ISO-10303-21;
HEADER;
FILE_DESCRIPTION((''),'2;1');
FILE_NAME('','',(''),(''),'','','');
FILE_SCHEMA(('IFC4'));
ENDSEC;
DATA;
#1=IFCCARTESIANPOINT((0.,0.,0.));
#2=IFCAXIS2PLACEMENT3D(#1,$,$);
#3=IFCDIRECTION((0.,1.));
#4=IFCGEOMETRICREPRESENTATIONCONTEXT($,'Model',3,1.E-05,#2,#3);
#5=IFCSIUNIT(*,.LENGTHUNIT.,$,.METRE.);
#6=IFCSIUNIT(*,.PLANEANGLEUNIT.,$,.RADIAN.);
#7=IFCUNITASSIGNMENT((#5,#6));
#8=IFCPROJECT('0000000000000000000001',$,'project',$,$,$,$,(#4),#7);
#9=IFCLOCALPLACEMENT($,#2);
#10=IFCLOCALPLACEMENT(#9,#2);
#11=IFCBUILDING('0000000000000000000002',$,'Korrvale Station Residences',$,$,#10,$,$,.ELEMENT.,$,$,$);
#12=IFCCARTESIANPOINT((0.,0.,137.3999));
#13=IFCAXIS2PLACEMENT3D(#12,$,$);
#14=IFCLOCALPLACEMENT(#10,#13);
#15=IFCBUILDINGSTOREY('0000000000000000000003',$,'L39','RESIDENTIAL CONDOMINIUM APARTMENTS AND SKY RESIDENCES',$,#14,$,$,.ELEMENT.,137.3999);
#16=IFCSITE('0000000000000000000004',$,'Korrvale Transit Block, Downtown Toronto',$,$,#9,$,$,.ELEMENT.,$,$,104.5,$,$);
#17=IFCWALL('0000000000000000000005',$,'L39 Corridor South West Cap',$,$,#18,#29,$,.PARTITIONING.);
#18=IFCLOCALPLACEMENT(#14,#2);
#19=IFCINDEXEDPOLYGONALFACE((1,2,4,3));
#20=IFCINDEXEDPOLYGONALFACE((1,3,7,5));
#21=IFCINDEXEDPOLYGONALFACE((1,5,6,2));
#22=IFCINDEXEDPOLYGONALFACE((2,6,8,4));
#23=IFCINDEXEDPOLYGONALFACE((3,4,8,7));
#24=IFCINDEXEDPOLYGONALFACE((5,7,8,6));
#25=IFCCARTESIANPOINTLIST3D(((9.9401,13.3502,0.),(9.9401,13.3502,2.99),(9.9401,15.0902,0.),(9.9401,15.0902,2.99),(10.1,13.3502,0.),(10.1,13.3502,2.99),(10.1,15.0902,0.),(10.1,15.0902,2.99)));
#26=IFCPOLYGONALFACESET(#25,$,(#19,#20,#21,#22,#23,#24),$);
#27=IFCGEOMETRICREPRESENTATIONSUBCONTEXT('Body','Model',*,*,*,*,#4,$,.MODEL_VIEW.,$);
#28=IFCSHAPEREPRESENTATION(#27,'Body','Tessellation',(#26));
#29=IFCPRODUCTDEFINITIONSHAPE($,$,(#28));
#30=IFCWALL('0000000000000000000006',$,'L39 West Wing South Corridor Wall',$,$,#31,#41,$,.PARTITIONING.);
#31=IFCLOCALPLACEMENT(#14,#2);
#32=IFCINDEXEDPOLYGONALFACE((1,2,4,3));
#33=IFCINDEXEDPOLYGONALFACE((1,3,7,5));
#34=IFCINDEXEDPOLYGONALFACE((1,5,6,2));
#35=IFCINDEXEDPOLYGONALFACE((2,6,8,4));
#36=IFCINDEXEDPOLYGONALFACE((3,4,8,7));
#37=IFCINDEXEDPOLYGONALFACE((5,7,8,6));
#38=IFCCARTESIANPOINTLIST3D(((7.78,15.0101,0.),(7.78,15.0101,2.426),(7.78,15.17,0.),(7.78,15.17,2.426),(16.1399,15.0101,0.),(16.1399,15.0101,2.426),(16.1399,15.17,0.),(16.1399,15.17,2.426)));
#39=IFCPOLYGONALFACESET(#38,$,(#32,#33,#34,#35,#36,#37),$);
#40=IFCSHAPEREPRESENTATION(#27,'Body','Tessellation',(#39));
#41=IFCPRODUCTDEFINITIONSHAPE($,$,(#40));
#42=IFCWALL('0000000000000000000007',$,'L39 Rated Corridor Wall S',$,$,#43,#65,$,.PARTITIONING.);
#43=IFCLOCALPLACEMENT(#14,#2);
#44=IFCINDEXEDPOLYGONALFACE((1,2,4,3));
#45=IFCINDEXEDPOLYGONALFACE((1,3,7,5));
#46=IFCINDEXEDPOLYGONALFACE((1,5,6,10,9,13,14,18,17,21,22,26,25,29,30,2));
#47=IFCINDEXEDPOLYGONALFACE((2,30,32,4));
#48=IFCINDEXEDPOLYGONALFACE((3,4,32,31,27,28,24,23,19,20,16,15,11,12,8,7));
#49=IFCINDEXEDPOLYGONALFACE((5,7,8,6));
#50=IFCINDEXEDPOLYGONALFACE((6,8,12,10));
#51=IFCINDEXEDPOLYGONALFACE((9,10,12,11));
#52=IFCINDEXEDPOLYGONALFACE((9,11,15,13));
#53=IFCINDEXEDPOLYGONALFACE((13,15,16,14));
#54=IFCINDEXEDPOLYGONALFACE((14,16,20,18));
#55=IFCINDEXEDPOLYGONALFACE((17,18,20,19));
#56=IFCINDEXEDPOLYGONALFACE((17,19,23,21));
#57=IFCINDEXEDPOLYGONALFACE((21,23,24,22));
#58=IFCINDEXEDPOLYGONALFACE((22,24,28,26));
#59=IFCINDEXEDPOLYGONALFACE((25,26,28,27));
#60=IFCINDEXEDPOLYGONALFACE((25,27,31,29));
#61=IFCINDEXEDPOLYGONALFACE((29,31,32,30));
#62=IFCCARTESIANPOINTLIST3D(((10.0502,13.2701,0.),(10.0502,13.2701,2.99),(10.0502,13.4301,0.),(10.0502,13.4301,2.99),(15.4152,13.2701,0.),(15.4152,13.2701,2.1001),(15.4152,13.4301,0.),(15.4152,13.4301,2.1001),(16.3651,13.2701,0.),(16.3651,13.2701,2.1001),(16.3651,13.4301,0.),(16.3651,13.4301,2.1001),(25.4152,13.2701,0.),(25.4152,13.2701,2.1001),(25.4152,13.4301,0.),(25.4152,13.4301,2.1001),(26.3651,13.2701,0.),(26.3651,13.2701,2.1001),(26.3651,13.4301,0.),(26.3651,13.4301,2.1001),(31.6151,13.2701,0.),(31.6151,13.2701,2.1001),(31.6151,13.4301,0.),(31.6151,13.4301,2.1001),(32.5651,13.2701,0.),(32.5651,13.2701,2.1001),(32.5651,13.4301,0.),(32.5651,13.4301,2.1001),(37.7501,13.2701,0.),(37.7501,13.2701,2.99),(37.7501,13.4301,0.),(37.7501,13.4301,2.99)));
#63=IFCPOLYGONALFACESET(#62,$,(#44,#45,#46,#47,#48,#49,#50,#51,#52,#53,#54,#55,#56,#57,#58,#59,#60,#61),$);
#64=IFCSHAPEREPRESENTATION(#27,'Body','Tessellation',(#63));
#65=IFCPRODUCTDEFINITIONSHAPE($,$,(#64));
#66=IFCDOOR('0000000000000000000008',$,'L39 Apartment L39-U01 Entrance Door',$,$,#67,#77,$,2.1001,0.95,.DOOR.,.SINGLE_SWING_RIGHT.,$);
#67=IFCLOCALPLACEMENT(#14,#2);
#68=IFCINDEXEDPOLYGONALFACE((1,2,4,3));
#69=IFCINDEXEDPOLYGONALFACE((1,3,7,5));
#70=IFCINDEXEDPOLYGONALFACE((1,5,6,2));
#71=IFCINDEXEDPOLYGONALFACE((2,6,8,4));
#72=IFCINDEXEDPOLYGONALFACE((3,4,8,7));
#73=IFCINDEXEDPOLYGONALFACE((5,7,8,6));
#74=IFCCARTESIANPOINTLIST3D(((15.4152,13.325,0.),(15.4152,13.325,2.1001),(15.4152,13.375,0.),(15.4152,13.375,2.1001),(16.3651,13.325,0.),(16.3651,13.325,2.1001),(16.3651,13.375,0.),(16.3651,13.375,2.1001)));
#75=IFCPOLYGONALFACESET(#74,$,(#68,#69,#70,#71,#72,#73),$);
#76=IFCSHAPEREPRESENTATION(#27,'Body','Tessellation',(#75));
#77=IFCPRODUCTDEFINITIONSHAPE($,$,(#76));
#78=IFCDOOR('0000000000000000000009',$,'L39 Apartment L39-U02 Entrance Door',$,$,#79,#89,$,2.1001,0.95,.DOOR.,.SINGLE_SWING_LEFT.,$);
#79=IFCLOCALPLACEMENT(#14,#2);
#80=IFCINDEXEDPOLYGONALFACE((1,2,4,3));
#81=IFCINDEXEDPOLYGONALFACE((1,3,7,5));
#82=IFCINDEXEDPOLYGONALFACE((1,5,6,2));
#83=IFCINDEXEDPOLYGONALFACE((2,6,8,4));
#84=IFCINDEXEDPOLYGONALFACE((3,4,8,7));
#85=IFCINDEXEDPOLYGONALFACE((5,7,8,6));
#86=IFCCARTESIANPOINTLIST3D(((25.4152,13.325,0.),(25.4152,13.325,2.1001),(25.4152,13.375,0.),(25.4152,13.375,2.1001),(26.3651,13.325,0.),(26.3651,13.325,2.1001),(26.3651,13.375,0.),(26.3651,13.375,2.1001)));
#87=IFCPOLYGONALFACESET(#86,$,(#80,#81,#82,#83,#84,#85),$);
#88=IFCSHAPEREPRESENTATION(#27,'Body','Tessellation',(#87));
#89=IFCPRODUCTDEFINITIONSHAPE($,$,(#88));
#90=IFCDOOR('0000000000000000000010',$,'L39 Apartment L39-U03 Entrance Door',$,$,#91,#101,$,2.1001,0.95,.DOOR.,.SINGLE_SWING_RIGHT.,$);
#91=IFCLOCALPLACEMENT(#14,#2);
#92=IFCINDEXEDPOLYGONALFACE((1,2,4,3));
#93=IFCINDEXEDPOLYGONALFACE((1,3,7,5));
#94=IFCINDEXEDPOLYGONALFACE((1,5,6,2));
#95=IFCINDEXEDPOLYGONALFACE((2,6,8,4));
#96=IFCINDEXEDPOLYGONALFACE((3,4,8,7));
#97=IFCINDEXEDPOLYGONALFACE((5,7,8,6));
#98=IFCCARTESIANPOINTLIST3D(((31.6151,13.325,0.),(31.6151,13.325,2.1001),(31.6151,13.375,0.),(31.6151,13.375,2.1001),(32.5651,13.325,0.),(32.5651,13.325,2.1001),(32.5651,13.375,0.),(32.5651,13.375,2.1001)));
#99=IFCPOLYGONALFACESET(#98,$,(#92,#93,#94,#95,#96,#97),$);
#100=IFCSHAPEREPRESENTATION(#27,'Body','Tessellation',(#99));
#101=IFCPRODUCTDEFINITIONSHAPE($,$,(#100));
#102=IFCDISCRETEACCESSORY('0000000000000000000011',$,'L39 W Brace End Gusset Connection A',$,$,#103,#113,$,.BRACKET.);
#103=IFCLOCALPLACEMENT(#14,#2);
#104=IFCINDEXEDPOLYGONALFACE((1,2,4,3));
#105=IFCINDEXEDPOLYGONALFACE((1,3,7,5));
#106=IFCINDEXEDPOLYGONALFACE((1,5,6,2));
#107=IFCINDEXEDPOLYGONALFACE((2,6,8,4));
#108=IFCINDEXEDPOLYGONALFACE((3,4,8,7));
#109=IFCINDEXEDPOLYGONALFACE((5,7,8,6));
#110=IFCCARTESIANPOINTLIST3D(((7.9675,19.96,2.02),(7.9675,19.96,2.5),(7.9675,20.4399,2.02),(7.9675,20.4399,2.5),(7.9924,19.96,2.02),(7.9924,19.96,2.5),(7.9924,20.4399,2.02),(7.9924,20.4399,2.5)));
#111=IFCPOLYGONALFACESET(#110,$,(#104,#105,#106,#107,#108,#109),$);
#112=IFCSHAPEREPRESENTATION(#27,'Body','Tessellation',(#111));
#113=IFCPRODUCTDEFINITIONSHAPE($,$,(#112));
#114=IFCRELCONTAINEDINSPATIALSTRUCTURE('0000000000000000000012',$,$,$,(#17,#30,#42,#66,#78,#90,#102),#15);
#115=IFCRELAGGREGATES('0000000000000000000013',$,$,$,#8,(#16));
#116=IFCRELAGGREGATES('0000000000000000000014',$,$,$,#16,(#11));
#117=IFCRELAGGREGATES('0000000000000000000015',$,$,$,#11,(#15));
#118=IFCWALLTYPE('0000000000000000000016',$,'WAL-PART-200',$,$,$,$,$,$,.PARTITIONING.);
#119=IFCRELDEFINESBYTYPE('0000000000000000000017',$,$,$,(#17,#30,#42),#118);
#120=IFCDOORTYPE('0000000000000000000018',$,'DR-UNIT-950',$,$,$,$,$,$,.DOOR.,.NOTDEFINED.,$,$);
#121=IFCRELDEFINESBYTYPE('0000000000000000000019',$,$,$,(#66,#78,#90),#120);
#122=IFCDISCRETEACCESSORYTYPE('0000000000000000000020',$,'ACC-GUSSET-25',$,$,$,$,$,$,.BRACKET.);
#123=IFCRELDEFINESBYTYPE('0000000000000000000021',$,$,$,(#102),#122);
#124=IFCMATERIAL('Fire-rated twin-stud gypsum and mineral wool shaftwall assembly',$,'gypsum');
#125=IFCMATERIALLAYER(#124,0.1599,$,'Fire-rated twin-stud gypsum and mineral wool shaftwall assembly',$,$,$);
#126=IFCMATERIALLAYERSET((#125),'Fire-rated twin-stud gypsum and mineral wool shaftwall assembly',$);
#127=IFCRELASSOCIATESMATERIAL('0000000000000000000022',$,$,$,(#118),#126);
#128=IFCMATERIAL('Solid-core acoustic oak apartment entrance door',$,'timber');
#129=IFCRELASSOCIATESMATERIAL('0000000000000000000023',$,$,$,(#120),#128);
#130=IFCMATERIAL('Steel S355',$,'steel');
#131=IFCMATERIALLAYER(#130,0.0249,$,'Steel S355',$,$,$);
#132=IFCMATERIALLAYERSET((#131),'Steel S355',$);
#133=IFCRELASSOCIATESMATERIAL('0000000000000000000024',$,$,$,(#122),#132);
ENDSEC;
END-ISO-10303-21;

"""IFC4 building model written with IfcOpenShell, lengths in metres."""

from ifc_helpers import new_model, si_unit, direction, frame, frame_2d, origin, origin_2d, place, context, subcontext, project, spatial, rectangle, extrude, material, layer, layer_set, type_object, element, fill, save


model = new_model("IFC4")

# Units and contexts
model_context = context("Model", 3, precision=1e-05, world=origin(), true_north=direction((0.0, 1.0)))
body_context = subcontext(model_context, "Body", "Model", "MODEL_VIEW")
ifc_project = project(units=[si_unit("LENGTHUNIT", "METRE"), si_unit("PLANEANGLEUNIT", "RADIAN")], contexts=[model_context])

# Site, building, storey
site_placement = place(None, origin())
site = spatial("IfcSite", under=ifc_project, at=site_placement, Name="Korrvale Transit Block, Downtown Toronto", CompositionType="ELEMENT", RefElevation=104.5)
building_placement = place(site_placement, origin())
building = spatial("IfcBuilding", under=site, at=building_placement, Name="Korrvale Station Residences", CompositionType="ELEMENT")
storey_placement = place(building_placement, frame((0.0, 0.0, 137.3999)))
storey = spatial("IfcBuildingStorey", under=building, at=storey_placement, Name="L39", Description="RESIDENTIAL CONDOMINIUM APARTMENTS AND SKY RESIDENCES", CompositionType="ELEMENT", Elevation=137.3999)

# Shared definitions
ifc_material_1 = material(Name="Steel S355", Category="steel")

# Walls
ifc_material_2 = material(Name="Fire-rated twin-stud gypsum and mineral wool shaftwall assembly", Category="gypsum")
ifc_layer_1 = layer(ifc_material_2, 0.1599, Name="Fire-rated twin-stud gypsum and mineral wool shaftwall assembly")
ifc_layer_set_1 = layer_set([ifc_layer_1], Name="Fire-rated twin-stud gypsum and mineral wool shaftwall assembly")
wall_type_1 = type_object("IfcWallType", Name="WAL-PART-200", PredefinedType="PARTITIONING", material=ifc_layer_set_1)
wall_1_placement = place(storey_placement, frame((10.02, 13.3501, 0.0), z_axis=(0.0, 0.0, 1.0), x_axis=(0.0, 1.0, 0.0)))
element("IfcWall", 1, at=wall_1_placement, inside=storey, type_object=wall_type_1, Name="L39 Corridor South West Cap", PredefinedType="PARTITIONING", context=body_context, shape_type="SweptSolid", body=[
    extrude(rectangle(XDim=1.74, YDim=0.1599, at=frame_2d((0.8701, 0.0))), origin(), (0.0, 0.0, 1.0), 2.99),
])
wall_2_placement = place(storey_placement, frame((7.78, 15.0901, 0.0), z_axis=(0.0, 0.0, 1.0), x_axis=(1.0, 0.0, 0.0)))
element("IfcWall", 2, at=wall_2_placement, inside=storey, type_object=wall_type_1, Name="L39 West Wing South Corridor Wall", PredefinedType="PARTITIONING", context=body_context, shape_type="SweptSolid", body=[
    extrude(rectangle(XDim=8.3599, YDim=0.1599, at=frame_2d((4.1799, 0.0))), origin(), (0.0, 0.0, 1.0), 2.426),
])

# Wall, openings, doors
wall_3_placement = place(storey_placement, frame((10.05, 13.3501, 0.0), z_axis=(0.0, 0.0, 1.0), x_axis=(1.0, 0.0, 0.0)))
wall_3 = element("IfcWall", 3, at=wall_3_placement, inside=storey, type_object=wall_type_1, Name="L39 Rated Corridor Wall S", PredefinedType="PARTITIONING", context=body_context, shape_type="SweptSolid", body=[
    extrude(rectangle(XDim=27.7, YDim=0.1599, at=frame_2d((13.8501, 0.0))), origin(), (0.0, 0.0, 1.0), 2.99),
])
opening_1_placement = place(wall_3_placement, frame((5.365, 0.0, 0.0)))
opening_1 = element("IfcOpeningElement", 4, at=opening_1_placement, cuts=wall_3, PredefinedType="OPENING", context=body_context, shape_type="SweptSolid", body=[
    extrude(rectangle(XDim=0.95, YDim=2.1001, at=frame_2d((0.4751, 1.05))), frame((0.0, 0.0898, 0.0), z_axis=(0.0, -1.0, 0.0), x_axis=(1.0, 0.0, 0.0)), (0.0, 0.0, 1.0), 0.1799),
])
opening_2_placement = place(wall_3_placement, frame((15.365, 0.0, 0.0)))
opening_2 = element("IfcOpeningElement", 5, at=opening_2_placement, cuts=wall_3, PredefinedType="OPENING", context=body_context, shape_type="SweptSolid", body=[
    extrude(rectangle(XDim=0.95, YDim=2.1001, at=frame_2d((0.4751, 1.05))), frame((0.0, 0.0898, 0.0), z_axis=(0.0, -1.0, 0.0), x_axis=(1.0, 0.0, 0.0)), (0.0, 0.0, 1.0), 0.1799),
])
opening_3_placement = place(wall_3_placement, frame((21.5649, 0.0, 0.0)))
opening_3 = element("IfcOpeningElement", 6, at=opening_3_placement, cuts=wall_3, PredefinedType="OPENING", context=body_context, shape_type="SweptSolid", body=[
    extrude(rectangle(XDim=0.95, YDim=2.1001, at=frame_2d((0.4751, 1.05))), frame((0.0, 0.0898, 0.0), z_axis=(0.0, -1.0, 0.0), x_axis=(1.0, 0.0, 0.0)), (0.0, 0.0, 1.0), 0.1799),
])
ifc_material_3 = material(Name="Solid-core acoustic oak apartment entrance door", Category="timber")
door_type_1 = type_object("IfcDoorType", Name="DR-UNIT-950", OperationType="NOTDEFINED", PredefinedType="DOOR", material=ifc_material_3)
door_1_placement = place(opening_1_placement, origin())
door_1 = element("IfcDoor", 7, at=door_1_placement, inside=storey, type_object=door_type_1, Name="L39 Apartment L39-U01 Entrance Door", OperationType="SINGLE_SWING_RIGHT", OverallHeight=2.1001, OverallWidth=0.95, PredefinedType="DOOR", context=body_context, shape_type="SweptSolid", body=[
    extrude(rectangle(XDim=0.95, YDim=2.1001, at=frame_2d((0.4751, 1.05))), frame((0.0, 0.0249, 0.0), z_axis=(0.0, -1.0, 0.0), x_axis=(1.0, 0.0, 0.0)), (0.0, 0.0, 1.0), 0.05),
])
fill(opening_1, door_1)
door_2_placement = place(opening_2_placement, origin())
door_2 = element("IfcDoor", 8, at=door_2_placement, inside=storey, type_object=door_type_1, Name="L39 Apartment L39-U02 Entrance Door", OperationType="SINGLE_SWING_LEFT", OverallHeight=2.1001, OverallWidth=0.95, PredefinedType="DOOR", context=body_context, shape_type="SweptSolid", body=[
    extrude(rectangle(XDim=0.95, YDim=2.1001, at=frame_2d((0.4751, 1.05))), frame((0.0, 0.0249, 0.0), z_axis=(0.0, -1.0, 0.0), x_axis=(1.0, 0.0, 0.0)), (0.0, 0.0, 1.0), 0.05),
])
fill(opening_2, door_2)
door_3_placement = place(opening_3_placement, origin())
door_3 = element("IfcDoor", 9, at=door_3_placement, inside=storey, type_object=door_type_1, Name="L39 Apartment L39-U03 Entrance Door", OperationType="SINGLE_SWING_RIGHT", OverallHeight=2.1001, OverallWidth=0.95, PredefinedType="DOOR", context=body_context, shape_type="SweptSolid", body=[
    extrude(rectangle(XDim=0.95, YDim=2.1001, at=frame_2d((0.4751, 1.05))), frame((0.0, 0.0249, 0.0), z_axis=(0.0, -1.0, 0.0), x_axis=(1.0, 0.0, 0.0)), (0.0, 0.0, 1.0), 0.05),
])
fill(opening_3, door_3)

# Discrete accessory
ifc_layer_2 = layer(ifc_material_1, 0.0249, Name="Steel S355")
ifc_layer_set_2 = layer_set([ifc_layer_2], Name="Steel S355")
discrete_accessory_type = type_object("IfcDiscreteAccessoryType", Name="ACC-GUSSET-25", PredefinedType="BRACKET", material=ifc_layer_set_2)
discrete_accessory_placement = place(storey_placement, frame((7.98, 20.2, 2.02), z_axis=(0.0, 0.0, 1.0), x_axis=(0.0, 1.0, 0.0)))
element("IfcDiscreteAccessory", 10, at=discrete_accessory_placement, inside=storey, type_object=discrete_accessory_type, Name="L39 W Brace End Gusset Connection A", PredefinedType="BRACKET", context=body_context, shape_type="SweptSolid", body=[
    extrude(rectangle(XDim=0.48, YDim=0.0249, at=origin_2d()), origin(), (0.0, 0.0, 1.0), 0.48),
])

save(model, "model.ifc")
